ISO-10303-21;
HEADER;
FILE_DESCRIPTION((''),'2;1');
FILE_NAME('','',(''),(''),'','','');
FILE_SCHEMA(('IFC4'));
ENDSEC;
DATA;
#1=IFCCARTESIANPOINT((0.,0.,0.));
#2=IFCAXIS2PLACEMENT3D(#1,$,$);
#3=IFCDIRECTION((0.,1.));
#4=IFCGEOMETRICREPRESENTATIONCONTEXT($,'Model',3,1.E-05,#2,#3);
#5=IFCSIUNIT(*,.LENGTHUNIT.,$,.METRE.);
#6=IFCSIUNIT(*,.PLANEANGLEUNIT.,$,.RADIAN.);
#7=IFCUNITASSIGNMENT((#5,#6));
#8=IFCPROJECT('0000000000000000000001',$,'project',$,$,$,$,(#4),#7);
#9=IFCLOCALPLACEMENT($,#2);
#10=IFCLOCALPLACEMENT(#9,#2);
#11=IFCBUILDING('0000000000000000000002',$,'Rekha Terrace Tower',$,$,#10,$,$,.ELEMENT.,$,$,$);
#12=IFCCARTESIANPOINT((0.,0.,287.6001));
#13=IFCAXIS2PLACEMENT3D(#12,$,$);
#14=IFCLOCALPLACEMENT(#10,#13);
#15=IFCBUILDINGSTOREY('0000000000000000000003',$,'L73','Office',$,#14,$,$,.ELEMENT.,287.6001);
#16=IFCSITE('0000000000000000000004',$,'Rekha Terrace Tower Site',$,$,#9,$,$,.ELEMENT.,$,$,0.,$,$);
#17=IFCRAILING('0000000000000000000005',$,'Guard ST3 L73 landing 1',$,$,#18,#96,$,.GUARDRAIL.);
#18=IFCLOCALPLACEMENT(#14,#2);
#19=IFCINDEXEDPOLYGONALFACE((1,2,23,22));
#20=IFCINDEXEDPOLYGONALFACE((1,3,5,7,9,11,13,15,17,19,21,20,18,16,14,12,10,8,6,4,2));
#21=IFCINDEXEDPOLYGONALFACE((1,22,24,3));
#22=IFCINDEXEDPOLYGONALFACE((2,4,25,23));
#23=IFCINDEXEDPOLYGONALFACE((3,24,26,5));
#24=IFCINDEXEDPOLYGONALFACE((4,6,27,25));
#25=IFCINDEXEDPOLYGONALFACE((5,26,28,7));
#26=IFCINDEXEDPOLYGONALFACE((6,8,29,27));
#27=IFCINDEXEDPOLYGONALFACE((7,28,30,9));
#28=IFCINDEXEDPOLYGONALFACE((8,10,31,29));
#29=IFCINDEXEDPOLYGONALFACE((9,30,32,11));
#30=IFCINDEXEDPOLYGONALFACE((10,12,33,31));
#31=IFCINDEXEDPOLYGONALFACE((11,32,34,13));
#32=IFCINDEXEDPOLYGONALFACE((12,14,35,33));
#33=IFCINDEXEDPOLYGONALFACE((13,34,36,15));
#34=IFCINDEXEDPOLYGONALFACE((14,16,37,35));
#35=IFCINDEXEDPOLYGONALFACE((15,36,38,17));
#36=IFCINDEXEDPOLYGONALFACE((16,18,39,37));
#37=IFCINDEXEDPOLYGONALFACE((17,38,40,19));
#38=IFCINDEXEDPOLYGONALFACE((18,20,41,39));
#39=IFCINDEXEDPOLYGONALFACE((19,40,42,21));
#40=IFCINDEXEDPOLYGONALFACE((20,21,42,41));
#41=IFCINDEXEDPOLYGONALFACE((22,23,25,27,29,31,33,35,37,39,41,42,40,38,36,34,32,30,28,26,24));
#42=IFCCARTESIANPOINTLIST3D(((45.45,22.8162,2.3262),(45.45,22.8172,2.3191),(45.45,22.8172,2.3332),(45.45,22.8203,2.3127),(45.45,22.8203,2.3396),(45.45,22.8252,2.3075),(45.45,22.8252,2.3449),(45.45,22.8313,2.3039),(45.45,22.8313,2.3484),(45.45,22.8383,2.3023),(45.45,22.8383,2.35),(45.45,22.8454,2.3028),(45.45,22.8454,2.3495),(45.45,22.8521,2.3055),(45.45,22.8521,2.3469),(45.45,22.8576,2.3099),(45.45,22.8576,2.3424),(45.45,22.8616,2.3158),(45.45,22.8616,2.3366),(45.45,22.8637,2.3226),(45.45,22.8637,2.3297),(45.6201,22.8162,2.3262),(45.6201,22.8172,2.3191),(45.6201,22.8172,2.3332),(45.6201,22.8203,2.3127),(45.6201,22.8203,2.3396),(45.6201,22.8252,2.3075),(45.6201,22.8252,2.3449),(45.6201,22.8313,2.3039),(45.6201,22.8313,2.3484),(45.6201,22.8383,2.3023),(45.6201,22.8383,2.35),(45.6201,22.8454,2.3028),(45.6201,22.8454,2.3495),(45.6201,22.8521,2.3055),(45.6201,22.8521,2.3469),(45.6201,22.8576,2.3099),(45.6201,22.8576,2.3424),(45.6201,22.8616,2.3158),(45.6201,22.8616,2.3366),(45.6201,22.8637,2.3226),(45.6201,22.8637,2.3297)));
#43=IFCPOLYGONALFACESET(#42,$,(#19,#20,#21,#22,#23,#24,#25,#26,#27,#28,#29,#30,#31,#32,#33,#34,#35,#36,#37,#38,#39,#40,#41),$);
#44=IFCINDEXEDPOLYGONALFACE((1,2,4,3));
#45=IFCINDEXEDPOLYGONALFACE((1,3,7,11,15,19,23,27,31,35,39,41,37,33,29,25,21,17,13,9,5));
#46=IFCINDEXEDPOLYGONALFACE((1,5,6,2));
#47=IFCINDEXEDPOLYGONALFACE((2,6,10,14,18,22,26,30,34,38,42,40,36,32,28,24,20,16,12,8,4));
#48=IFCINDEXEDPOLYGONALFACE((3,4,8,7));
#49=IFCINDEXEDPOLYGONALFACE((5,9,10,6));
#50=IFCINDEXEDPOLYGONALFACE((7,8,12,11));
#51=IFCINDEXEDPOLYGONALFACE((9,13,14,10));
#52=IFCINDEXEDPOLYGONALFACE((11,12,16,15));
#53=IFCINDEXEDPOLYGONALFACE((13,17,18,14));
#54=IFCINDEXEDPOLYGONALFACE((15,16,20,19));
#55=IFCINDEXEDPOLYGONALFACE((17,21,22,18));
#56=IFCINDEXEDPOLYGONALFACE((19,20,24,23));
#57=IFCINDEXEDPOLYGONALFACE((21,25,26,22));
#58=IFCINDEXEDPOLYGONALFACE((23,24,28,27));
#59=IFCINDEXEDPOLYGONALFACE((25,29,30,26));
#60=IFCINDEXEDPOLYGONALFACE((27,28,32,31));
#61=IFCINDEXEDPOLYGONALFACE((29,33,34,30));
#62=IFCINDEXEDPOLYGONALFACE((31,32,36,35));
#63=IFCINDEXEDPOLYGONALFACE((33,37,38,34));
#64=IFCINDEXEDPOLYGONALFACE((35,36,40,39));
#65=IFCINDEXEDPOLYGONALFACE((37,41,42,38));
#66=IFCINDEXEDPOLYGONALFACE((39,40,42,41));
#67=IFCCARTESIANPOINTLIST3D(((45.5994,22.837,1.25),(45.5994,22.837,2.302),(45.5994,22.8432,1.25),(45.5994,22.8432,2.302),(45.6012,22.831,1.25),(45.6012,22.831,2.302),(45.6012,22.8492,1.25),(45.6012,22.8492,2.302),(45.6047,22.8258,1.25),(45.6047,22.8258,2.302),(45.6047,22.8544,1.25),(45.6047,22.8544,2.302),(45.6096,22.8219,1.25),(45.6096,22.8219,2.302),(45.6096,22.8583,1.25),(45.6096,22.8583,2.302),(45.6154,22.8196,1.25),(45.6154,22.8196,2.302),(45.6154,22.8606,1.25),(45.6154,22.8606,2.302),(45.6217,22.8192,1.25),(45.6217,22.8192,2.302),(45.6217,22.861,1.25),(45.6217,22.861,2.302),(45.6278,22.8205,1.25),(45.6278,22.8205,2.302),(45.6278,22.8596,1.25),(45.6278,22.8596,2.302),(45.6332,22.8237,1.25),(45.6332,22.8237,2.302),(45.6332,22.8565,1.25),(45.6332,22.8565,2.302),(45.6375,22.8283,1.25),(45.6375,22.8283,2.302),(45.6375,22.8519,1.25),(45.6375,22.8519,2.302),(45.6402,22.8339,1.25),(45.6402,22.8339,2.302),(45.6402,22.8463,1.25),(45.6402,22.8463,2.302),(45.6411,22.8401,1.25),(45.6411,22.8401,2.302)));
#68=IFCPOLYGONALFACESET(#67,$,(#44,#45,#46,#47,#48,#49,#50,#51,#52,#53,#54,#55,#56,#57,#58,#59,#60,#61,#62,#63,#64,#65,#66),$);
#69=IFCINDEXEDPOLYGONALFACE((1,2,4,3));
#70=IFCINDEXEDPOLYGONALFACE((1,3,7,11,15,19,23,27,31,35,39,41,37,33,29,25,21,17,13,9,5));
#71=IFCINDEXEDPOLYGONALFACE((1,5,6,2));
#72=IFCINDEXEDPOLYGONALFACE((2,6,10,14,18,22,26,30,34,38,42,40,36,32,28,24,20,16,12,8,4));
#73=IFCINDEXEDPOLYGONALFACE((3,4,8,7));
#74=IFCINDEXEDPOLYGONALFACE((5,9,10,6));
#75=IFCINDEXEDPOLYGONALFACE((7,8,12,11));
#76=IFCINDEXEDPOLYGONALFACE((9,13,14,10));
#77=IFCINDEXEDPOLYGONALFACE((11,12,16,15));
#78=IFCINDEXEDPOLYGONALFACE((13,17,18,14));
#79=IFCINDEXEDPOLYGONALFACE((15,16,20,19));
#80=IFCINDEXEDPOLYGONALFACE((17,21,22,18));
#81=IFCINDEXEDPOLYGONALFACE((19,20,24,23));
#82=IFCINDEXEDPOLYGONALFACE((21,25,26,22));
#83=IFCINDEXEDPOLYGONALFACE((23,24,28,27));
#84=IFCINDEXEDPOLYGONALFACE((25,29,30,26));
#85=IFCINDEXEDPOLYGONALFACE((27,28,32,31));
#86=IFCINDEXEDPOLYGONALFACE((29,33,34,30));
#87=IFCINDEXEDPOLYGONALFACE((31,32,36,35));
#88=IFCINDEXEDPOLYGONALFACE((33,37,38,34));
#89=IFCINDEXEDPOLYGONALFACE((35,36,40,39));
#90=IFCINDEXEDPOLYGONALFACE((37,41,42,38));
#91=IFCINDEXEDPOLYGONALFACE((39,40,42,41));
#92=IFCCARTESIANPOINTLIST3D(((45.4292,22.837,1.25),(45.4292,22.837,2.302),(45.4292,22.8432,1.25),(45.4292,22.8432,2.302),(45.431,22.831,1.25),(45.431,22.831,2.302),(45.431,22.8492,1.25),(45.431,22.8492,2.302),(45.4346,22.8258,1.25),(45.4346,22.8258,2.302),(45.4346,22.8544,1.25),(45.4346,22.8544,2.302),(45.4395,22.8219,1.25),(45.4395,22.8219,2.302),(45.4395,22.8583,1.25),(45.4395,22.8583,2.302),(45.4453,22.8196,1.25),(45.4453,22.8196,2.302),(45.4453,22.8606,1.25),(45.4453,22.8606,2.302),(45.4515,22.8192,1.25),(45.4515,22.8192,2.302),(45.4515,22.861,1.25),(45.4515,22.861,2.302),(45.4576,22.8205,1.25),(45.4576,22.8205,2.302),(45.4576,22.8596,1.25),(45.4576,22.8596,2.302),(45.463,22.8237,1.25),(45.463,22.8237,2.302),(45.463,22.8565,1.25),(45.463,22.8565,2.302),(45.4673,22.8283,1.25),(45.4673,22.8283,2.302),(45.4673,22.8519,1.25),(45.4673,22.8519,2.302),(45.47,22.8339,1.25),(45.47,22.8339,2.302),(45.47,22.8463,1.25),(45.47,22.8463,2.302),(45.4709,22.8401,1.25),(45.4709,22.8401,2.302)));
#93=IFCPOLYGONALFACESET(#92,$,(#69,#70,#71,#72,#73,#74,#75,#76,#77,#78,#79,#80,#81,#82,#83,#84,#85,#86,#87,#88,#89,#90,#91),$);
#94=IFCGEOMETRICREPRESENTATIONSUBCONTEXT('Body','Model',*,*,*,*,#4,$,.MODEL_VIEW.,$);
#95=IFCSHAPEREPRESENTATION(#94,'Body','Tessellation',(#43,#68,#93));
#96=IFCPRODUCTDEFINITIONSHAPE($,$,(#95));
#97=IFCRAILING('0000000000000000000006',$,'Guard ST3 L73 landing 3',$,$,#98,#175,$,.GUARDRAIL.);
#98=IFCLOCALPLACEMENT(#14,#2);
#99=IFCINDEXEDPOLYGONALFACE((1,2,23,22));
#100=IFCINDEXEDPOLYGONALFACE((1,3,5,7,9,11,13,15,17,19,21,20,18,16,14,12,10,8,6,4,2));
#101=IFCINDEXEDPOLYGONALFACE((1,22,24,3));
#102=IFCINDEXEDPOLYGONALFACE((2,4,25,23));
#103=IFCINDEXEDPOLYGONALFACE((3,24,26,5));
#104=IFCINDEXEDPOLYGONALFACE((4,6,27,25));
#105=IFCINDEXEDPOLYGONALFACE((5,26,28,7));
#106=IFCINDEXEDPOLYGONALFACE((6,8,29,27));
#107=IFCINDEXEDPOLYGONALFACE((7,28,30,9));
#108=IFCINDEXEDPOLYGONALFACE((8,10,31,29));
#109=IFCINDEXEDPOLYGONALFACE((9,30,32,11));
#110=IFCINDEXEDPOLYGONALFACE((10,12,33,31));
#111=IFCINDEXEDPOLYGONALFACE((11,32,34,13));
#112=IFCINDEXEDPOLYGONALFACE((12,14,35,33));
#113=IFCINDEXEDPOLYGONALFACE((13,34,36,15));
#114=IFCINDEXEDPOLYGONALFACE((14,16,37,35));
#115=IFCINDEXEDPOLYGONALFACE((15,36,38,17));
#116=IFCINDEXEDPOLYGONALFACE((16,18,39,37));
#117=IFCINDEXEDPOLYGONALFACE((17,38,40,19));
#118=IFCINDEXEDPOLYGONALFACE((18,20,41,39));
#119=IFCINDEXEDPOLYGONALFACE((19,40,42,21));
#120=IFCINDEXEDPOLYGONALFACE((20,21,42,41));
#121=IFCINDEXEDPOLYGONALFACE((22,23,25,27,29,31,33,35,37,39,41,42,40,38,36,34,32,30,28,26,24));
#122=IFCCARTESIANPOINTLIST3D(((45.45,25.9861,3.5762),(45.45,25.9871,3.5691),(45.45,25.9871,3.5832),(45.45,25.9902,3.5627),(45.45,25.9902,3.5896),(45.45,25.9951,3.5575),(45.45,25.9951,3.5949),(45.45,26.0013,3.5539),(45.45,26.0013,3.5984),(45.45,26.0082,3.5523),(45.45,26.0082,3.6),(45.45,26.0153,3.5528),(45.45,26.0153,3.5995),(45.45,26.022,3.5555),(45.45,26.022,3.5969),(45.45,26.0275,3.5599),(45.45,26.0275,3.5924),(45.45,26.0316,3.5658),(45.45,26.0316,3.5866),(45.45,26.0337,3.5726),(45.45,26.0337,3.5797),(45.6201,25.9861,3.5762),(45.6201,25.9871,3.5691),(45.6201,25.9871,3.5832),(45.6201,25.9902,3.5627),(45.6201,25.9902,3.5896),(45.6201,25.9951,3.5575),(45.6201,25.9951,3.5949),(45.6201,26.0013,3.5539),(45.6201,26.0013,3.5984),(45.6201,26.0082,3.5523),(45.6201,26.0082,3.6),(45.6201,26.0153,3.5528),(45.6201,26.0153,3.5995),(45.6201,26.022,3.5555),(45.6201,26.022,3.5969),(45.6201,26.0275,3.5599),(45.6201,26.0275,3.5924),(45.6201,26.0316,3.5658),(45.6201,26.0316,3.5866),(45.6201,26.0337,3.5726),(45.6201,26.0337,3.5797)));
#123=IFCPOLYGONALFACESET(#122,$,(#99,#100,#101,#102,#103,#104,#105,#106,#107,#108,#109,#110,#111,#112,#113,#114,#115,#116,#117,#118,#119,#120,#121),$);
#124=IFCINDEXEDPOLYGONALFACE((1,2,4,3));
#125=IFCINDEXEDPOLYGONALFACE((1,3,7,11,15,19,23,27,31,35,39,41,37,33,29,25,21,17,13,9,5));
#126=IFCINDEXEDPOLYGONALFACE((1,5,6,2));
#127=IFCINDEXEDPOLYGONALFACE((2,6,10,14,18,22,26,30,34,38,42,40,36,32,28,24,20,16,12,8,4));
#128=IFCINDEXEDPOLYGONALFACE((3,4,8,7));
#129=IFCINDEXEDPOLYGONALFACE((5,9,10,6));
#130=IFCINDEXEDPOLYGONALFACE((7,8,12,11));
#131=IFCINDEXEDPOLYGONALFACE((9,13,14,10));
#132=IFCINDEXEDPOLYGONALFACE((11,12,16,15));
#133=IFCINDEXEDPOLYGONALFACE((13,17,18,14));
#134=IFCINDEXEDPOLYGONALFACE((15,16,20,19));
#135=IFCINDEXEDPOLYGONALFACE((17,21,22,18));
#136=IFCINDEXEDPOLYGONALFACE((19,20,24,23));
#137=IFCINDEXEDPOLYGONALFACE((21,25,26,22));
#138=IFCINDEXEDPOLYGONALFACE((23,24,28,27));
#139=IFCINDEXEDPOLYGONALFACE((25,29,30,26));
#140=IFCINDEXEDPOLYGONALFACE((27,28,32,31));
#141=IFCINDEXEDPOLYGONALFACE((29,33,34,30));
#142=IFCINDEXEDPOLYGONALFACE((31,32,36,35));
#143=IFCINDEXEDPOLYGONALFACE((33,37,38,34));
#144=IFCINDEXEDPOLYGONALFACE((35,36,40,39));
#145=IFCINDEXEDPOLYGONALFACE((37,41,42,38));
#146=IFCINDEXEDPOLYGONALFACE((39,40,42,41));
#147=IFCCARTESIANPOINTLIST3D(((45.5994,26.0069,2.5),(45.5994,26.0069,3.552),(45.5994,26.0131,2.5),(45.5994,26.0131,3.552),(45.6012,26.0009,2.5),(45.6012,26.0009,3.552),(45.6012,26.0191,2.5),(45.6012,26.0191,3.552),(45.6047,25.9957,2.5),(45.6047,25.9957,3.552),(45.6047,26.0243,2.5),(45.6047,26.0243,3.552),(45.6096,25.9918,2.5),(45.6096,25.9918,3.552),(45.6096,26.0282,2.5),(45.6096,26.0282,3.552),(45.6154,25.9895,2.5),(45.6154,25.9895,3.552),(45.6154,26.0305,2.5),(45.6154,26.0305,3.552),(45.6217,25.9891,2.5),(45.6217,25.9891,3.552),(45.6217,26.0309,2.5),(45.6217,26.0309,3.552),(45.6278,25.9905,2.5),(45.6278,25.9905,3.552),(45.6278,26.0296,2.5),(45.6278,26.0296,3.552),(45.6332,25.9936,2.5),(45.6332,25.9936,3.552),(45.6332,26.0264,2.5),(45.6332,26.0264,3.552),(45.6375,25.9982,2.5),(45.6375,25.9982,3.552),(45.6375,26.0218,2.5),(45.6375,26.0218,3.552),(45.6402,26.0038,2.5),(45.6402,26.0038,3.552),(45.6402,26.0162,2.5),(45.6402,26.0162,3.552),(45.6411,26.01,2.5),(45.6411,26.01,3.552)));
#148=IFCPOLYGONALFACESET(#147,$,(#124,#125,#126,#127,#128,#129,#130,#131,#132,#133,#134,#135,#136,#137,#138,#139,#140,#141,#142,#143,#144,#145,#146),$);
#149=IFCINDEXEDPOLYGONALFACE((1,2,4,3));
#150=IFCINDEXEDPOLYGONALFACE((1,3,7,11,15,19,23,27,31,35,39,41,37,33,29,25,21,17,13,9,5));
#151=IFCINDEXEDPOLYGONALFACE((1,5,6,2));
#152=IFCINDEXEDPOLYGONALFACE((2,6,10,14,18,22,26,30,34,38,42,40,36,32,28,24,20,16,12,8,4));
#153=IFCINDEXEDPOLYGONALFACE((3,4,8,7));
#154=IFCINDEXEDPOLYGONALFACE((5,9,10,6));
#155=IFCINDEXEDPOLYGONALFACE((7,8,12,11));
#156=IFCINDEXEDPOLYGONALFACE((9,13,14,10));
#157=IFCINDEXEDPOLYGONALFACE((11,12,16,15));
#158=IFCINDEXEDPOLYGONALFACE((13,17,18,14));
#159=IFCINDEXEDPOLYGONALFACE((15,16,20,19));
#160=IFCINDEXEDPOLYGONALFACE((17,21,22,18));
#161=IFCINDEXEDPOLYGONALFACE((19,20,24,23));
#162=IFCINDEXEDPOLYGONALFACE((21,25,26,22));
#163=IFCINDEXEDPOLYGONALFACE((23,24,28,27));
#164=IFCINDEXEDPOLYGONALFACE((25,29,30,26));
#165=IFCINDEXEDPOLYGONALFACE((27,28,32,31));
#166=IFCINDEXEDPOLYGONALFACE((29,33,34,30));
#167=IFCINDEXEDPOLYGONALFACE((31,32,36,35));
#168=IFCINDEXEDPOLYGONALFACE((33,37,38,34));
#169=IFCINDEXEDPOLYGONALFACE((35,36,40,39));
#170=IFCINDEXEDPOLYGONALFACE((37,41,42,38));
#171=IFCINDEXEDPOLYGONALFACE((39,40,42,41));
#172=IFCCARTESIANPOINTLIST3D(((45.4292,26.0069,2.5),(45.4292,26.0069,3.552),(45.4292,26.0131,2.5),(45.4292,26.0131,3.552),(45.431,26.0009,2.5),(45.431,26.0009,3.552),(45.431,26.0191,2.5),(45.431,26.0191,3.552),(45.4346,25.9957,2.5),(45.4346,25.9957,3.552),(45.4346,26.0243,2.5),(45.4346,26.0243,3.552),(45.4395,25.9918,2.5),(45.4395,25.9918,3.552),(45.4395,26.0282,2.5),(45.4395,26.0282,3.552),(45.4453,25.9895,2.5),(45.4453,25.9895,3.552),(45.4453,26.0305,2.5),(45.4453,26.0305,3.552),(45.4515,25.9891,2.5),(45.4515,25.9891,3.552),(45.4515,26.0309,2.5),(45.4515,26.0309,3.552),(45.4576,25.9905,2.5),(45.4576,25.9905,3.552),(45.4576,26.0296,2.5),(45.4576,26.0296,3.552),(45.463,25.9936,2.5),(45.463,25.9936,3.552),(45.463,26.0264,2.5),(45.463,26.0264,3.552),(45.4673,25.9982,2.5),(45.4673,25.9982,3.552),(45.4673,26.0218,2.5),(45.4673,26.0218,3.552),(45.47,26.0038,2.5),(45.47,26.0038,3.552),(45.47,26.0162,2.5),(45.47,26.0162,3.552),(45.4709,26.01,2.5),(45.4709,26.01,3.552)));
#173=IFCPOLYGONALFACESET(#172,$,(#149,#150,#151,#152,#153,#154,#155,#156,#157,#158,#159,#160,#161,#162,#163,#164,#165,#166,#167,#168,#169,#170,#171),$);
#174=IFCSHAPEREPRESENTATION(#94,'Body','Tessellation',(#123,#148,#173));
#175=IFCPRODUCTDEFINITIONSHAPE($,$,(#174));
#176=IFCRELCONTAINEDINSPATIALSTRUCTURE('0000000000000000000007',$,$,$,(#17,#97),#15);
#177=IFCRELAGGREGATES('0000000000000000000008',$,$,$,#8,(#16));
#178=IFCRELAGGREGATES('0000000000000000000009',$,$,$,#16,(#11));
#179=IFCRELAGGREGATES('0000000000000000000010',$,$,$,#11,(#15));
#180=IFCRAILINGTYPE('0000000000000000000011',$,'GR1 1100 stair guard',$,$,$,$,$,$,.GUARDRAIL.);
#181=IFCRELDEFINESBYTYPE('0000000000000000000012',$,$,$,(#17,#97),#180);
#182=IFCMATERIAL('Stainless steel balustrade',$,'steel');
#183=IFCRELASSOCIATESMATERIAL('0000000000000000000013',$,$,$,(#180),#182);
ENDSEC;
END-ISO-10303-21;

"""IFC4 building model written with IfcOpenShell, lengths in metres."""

from ifc_helpers import new_model, si_unit, direction, frame, origin, origin_2d, place, context, subcontext, project, spatial, circle, extrude, material, type_object, element, save


model = new_model("IFC4")

# Units and contexts
model_context = context("Model", 3, precision=1e-05, world=origin(), true_north=direction((0.0, 1.0)))
body_context = subcontext(model_context, "Body", "Model", "MODEL_VIEW")
ifc_project = project(units=[si_unit("LENGTHUNIT", "METRE"), si_unit("PLANEANGLEUNIT", "RADIAN")], contexts=[model_context])

# Site, building, storey
site_placement = place(None, origin())
site = spatial("IfcSite", under=ifc_project, at=site_placement, Name="Rekha Terrace Tower Site", CompositionType="ELEMENT", RefElevation=0.0)
building_placement = place(site_placement, origin())
building = spatial("IfcBuilding", under=site, at=building_placement, Name="Rekha Terrace Tower", CompositionType="ELEMENT")
storey_placement = place(building_placement, frame((0.0, 0.0, 287.6001)))
storey = spatial("IfcBuildingStorey", under=building, at=storey_placement, Name="L73", Description="Office", CompositionType="ELEMENT", Elevation=287.6001)

# Railings
ifc_material_1 = material(Name="Stainless steel balustrade", Category="steel")
railing_type_1 = type_object("IfcRailingType", Name="GR1 1100 stair guard", PredefinedType="GUARDRAIL", material=ifc_material_1)
for number, where, name in (
    (1, (45.6201, 22.8401, 1.25), "Guard ST3 L73 landing 1"),
    (2, (45.6201, 26.01, 2.5), "Guard ST3 L73 landing 3"),
):
    element("IfcRailing", number, at=place(storey_placement, frame(where)), inside=storey, type_object=railing_type_1, Name=name, PredefinedType="GUARDRAIL", context=body_context, shape_type="SweptSolid", body=[
        extrude(circle(Radius=0.0239, at=origin_2d()), frame((0.0, 0.0, 1.0762), z_axis=(-1.0, 0.0, 0.0), x_axis=(0.0, -1.0, 0.0)), (0.0, 0.0, 1.0), 0.1702),
        extrude(circle(Radius=0.021, at=origin_2d()), origin(), (0.0, 0.0, 1.0), 1.052),
        extrude(circle(Radius=0.021, at=origin_2d()), frame((-0.1702, 0.0, 0.0)), (0.0, 0.0, 1.0), 1.052),
    ])

save(model, "model.ifc")
